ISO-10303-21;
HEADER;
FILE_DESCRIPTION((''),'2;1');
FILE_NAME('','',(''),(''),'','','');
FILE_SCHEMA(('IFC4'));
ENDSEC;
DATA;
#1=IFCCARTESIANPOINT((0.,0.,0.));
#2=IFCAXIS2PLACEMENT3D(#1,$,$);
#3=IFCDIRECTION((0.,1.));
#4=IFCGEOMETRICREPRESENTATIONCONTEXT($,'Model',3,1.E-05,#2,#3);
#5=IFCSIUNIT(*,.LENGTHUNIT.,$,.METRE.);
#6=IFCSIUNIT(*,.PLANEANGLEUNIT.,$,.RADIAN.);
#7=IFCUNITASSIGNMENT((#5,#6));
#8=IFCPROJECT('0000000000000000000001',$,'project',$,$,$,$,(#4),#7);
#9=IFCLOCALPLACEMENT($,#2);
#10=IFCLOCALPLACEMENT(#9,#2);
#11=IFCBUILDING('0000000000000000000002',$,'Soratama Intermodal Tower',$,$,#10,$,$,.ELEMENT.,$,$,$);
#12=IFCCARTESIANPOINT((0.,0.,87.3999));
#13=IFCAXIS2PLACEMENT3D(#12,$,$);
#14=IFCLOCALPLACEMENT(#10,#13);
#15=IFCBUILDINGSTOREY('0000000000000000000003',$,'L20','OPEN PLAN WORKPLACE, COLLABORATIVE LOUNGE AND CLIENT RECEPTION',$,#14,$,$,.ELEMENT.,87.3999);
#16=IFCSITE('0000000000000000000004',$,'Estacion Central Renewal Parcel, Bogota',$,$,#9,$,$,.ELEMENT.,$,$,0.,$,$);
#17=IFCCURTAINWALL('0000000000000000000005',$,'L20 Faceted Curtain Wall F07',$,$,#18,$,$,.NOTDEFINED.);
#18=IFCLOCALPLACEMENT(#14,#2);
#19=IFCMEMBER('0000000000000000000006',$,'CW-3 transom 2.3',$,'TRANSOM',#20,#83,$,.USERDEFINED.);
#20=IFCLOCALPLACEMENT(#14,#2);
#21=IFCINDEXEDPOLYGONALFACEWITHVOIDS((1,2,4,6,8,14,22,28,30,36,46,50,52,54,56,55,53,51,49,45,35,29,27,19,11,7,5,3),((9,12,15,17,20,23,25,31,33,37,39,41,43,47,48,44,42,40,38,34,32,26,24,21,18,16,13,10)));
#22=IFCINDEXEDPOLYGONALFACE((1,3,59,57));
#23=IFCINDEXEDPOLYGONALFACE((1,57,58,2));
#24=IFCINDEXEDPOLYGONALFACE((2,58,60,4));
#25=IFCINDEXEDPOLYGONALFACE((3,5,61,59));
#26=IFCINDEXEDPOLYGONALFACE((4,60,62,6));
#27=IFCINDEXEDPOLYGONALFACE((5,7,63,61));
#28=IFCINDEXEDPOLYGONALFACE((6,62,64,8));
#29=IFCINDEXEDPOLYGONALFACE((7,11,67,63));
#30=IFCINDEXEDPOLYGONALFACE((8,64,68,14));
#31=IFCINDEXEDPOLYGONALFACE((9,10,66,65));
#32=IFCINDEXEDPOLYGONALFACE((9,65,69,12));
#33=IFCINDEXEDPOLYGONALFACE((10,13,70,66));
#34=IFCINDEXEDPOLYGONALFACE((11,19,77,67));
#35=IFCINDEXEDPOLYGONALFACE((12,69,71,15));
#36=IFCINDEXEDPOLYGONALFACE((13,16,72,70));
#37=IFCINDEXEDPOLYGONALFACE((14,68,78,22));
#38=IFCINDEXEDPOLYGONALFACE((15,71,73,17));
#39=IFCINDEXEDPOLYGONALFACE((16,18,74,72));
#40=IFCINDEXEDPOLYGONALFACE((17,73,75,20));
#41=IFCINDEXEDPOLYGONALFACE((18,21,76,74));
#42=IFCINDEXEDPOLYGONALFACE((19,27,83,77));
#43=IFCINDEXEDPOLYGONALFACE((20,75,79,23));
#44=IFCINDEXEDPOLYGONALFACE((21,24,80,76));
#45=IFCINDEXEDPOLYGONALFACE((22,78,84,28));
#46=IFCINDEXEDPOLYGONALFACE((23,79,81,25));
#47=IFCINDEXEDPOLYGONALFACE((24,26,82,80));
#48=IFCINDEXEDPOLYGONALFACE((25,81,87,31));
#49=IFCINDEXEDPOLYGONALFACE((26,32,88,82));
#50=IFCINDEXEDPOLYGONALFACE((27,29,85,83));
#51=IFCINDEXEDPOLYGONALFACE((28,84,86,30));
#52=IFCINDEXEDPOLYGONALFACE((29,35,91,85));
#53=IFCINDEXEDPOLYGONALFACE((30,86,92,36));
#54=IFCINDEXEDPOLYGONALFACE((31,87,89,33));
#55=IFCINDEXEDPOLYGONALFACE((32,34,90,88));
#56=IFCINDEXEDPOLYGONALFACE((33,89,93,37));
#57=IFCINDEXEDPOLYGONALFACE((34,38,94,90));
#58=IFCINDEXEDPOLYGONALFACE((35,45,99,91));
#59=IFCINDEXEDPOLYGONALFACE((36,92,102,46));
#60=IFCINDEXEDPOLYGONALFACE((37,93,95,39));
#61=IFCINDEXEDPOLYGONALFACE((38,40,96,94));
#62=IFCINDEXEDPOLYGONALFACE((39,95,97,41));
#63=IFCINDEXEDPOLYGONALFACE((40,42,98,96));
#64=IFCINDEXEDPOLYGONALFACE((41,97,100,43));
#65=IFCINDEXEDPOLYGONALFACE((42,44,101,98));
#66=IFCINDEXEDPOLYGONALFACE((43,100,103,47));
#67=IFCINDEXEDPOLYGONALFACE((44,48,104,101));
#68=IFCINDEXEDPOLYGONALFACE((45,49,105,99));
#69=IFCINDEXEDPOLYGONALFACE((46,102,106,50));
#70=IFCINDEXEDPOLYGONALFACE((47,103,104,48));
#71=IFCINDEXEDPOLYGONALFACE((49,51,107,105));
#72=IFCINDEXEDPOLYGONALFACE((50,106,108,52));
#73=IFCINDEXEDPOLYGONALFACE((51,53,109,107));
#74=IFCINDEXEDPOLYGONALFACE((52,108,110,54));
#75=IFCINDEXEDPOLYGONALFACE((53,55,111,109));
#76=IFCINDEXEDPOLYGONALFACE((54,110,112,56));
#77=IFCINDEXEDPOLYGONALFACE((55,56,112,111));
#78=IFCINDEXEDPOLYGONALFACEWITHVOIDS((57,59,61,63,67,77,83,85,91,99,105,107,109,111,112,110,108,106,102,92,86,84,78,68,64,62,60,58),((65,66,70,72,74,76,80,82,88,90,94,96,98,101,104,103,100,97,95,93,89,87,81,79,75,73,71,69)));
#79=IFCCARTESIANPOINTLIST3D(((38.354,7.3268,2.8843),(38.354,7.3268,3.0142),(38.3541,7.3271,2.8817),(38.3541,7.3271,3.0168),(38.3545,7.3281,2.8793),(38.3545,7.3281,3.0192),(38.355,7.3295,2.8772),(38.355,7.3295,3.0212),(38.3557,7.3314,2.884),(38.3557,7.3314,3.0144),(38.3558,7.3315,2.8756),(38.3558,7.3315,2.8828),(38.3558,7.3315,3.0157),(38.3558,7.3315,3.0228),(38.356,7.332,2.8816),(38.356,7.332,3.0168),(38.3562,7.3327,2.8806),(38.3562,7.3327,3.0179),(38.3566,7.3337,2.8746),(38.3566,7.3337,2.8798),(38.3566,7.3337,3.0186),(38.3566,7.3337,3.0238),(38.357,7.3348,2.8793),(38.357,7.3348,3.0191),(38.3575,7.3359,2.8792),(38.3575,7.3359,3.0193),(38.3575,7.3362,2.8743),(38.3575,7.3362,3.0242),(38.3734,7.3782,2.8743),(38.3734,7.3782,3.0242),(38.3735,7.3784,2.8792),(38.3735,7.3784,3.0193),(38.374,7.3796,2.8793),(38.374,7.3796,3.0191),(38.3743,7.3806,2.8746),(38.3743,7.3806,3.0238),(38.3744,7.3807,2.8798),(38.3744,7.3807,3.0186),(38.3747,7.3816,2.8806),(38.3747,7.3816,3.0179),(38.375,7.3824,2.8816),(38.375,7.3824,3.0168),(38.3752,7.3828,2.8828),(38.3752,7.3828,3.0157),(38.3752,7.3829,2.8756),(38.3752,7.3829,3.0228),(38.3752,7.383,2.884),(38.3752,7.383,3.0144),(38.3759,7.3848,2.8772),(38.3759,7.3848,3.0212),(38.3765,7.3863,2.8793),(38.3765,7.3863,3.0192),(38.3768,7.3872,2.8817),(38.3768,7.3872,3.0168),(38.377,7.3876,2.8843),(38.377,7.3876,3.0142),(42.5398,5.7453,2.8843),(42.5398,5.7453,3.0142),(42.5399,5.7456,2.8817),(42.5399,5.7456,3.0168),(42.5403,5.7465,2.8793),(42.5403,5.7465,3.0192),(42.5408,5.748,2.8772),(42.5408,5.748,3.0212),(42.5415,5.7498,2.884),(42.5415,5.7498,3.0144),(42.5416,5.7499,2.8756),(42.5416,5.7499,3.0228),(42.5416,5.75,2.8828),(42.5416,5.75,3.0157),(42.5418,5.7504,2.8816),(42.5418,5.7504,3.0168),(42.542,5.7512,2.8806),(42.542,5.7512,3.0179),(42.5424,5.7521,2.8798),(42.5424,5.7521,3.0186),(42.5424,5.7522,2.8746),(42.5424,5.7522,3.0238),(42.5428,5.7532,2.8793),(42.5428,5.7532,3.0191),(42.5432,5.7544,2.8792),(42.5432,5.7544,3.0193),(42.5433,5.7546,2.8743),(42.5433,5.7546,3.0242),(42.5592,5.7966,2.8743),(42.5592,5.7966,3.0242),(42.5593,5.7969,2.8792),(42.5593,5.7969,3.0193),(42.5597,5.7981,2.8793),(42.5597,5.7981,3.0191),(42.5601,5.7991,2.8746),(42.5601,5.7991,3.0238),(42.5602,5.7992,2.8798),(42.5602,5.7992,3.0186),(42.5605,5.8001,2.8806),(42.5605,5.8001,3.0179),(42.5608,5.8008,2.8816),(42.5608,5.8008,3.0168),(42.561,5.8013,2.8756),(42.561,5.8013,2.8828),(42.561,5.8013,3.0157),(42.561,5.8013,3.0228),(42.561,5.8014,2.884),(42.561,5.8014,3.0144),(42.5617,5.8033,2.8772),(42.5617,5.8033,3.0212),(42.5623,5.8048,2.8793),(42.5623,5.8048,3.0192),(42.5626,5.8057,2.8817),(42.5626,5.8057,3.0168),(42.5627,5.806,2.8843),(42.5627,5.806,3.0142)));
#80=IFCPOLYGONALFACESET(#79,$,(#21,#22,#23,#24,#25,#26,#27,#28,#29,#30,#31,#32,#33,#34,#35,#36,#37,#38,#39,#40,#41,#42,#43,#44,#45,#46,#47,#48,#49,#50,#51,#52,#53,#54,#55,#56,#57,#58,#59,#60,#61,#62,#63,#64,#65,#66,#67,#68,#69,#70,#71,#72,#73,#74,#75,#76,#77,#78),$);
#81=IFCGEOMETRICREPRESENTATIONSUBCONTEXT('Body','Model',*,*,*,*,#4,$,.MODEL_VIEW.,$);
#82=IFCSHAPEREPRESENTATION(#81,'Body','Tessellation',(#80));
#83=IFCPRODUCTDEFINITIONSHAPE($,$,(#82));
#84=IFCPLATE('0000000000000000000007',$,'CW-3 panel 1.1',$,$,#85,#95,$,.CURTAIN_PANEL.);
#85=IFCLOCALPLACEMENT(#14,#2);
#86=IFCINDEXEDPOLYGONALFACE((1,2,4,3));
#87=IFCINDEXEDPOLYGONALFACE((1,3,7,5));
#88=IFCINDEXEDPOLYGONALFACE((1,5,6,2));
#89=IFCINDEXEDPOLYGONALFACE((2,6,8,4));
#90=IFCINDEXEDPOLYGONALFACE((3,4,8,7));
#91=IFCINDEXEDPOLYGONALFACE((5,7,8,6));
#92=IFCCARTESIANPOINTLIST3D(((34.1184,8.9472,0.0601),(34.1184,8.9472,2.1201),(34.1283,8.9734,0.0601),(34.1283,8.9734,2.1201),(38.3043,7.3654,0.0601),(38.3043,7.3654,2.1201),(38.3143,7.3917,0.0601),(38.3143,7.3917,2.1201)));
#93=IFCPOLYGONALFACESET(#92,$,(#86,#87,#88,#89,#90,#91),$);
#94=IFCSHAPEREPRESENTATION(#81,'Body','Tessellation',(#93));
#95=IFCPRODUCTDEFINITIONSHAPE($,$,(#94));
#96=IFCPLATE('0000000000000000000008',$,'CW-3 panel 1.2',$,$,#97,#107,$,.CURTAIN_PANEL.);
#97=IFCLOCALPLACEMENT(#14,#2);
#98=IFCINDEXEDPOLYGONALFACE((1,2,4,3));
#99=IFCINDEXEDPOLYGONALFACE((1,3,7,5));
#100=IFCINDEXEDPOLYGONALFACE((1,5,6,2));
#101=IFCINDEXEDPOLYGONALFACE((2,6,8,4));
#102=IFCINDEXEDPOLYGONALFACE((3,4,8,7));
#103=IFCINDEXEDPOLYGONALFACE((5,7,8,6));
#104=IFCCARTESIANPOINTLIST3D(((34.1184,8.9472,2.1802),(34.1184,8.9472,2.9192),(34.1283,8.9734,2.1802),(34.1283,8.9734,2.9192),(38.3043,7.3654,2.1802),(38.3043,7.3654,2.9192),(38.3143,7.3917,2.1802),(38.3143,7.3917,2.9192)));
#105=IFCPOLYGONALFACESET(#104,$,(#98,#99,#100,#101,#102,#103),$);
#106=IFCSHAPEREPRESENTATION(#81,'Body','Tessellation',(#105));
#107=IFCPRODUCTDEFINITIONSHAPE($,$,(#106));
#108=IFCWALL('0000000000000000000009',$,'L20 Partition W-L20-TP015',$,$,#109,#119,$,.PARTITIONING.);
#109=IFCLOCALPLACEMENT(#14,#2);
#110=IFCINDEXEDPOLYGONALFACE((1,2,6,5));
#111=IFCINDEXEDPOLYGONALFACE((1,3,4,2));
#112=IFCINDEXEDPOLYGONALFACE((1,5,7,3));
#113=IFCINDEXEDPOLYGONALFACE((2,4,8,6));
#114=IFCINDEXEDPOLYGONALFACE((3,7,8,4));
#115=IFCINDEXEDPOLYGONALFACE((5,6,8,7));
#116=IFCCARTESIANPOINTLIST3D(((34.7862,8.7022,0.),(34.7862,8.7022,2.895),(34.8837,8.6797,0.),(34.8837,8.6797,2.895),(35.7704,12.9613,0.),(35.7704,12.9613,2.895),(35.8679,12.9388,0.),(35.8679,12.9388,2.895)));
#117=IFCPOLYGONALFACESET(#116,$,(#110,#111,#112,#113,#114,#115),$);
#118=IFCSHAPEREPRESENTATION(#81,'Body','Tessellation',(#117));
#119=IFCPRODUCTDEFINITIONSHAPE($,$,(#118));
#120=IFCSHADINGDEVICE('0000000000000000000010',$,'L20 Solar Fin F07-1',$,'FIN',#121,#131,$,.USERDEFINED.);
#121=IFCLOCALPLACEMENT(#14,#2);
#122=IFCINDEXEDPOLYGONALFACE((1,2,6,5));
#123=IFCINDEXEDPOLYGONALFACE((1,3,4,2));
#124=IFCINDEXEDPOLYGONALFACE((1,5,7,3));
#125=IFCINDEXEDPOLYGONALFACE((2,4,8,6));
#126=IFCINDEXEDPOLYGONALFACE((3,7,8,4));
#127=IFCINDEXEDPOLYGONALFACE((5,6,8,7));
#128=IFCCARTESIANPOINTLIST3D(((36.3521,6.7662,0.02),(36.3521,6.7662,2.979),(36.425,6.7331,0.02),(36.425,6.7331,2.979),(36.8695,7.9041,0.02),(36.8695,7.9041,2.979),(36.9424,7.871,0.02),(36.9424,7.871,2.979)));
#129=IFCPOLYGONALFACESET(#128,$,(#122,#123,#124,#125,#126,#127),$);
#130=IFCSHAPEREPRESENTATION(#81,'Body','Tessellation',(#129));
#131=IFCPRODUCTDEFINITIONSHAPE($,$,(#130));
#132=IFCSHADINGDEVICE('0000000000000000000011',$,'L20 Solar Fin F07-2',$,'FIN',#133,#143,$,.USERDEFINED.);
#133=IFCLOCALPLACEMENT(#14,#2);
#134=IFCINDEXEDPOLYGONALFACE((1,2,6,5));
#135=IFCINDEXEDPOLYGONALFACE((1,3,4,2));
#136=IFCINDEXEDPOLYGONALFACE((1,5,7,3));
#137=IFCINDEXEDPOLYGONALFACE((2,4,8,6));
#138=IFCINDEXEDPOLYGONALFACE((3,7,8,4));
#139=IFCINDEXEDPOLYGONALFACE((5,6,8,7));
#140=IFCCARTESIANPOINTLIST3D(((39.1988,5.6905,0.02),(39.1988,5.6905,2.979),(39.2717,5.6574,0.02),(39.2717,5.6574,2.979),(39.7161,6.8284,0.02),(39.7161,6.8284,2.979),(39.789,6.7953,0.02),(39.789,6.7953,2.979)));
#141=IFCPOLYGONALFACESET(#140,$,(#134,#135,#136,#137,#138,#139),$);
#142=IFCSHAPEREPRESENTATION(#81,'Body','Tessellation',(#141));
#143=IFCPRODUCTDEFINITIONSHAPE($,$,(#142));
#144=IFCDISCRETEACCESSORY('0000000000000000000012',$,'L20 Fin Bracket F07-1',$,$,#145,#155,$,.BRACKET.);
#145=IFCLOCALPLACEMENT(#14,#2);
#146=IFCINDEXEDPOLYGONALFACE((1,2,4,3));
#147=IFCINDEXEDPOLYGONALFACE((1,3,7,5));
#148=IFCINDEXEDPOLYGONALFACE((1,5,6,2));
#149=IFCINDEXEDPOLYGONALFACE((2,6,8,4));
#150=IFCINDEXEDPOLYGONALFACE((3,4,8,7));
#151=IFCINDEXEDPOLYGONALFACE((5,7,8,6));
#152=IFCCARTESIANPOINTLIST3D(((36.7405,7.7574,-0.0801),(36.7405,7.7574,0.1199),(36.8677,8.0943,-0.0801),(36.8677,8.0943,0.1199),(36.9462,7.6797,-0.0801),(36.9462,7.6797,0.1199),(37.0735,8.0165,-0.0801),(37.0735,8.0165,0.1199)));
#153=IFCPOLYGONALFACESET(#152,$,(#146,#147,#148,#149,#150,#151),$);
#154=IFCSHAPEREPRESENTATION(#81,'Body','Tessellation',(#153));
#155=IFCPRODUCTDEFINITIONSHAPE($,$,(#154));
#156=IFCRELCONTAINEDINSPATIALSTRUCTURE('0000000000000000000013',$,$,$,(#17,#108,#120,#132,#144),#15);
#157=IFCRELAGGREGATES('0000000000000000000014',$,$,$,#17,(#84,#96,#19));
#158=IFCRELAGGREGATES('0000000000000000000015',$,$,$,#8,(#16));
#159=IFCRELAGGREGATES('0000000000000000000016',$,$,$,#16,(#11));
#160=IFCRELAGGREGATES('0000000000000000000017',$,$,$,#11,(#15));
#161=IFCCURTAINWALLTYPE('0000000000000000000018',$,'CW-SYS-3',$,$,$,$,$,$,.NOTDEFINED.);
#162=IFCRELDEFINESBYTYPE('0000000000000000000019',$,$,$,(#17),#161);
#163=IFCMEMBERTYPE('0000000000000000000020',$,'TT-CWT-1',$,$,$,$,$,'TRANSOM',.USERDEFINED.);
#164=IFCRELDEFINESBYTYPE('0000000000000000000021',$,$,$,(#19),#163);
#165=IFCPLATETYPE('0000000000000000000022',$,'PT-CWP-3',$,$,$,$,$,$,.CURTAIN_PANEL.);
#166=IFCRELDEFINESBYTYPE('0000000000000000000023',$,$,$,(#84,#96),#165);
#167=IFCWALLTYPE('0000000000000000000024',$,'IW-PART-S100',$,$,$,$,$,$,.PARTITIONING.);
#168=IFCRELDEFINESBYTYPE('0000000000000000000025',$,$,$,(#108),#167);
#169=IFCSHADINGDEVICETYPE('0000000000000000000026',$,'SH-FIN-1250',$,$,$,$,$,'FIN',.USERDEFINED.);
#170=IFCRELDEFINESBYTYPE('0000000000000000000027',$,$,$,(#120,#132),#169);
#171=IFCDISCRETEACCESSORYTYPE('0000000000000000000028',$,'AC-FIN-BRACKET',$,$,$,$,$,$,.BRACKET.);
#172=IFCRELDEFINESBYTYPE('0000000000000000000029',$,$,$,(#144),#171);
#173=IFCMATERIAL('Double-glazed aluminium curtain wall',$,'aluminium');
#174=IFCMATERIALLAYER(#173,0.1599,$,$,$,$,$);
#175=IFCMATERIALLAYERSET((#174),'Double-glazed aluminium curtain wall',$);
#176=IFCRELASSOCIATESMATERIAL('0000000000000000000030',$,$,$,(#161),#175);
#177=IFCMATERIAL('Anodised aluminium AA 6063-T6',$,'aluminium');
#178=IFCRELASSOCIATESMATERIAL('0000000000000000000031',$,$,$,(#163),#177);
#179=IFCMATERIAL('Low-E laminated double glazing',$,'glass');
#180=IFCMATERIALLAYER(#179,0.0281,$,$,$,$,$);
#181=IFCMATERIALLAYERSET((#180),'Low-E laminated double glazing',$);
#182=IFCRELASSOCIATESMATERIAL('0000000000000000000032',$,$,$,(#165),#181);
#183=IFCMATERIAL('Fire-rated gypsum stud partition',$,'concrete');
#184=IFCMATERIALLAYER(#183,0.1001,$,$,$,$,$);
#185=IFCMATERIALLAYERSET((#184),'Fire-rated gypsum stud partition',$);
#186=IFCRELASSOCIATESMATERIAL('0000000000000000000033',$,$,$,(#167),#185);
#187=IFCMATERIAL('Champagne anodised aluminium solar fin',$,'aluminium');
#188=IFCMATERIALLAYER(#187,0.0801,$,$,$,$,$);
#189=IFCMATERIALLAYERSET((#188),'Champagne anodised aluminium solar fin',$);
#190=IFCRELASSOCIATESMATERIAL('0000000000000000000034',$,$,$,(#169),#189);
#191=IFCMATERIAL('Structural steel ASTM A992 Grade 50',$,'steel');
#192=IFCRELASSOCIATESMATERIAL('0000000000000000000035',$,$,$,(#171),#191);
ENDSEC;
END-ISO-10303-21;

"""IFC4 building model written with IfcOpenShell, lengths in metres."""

from ifc_helpers import new_model, si_unit, direction, frame, frame_2d, origin, origin_2d, place, context, subcontext, project, spatial, rectangle, hollow_rectangle, extrude, material, layer, layer_set, material_profile, profile_set, type_object, element, aggregate, save


model = new_model("IFC4")

# Units and contexts
model_context = context("Model", 3, precision=1e-05, world=origin(), true_north=direction((0.0, 1.0)))
body_context = subcontext(model_context, "Body", "Model", "MODEL_VIEW")
ifc_project = project(units=[si_unit("LENGTHUNIT", "METRE"), si_unit("PLANEANGLEUNIT", "RADIAN")], contexts=[model_context])

# Site, building, storey
site_placement = place(None, origin())
site = spatial("IfcSite", under=ifc_project, at=site_placement, Name="Estacion Central Renewal Parcel, Bogota", CompositionType="ELEMENT", RefElevation=0.0)
building_placement = place(site_placement, origin())
building = spatial("IfcBuilding", under=site, at=building_placement, Name="Soratama Intermodal Tower", CompositionType="ELEMENT")
storey_placement = place(building_placement, frame((0.0, 0.0, 87.3999)))
storey = spatial("IfcBuildingStorey", under=building, at=storey_placement, Name="L20", Description="OPEN PLAN WORKPLACE, COLLABORATIVE LOUNGE AND CLIENT RECEPTION", CompositionType="ELEMENT", Elevation=87.3999)

# Curtain wall, member, plates
ifc_material_1 = material(Name="Double-glazed aluminium curtain wall", Category="aluminium")
ifc_layer_1 = layer(ifc_material_1, 0.1599)
ifc_layer_set_1 = layer_set([ifc_layer_1], Name="Double-glazed aluminium curtain wall")
curtain_wall_type = type_object("IfcCurtainWallType", Name="CW-SYS-3", PredefinedType="NOTDEFINED", material=ifc_layer_set_1)
curtain_wall_placement = place(storey_placement, origin())
curtain_wall = element("IfcCurtainWall", 1, at=curtain_wall_placement, inside=storey, type_object=curtain_wall_type, Name="L20 Faceted Curtain Wall F07", PredefinedType="NOTDEFINED")
ifc_material_2 = material(Name="Anodised aluminium AA 6063-T6", Category="aluminium")
ifc_material_profile_1 = material_profile(ifc_material_2, hollow_rectangle(XDim=0.0649, YDim=0.1499, WallThickness=0.0049, InnerFilletRadius=0.0049, OuterFilletRadius=0.01, at=origin_2d()), Name="CWT150X65X5")
ifc_profile_set_1 = profile_set([ifc_material_profile_1], Name="Anodised aluminium AA 6063-T6")
member_type_1 = type_object("IfcMemberType", Name="TT-CWT-1", ElementType="TRANSOM", PredefinedType="USERDEFINED", material=ifc_profile_set_1)
member_1_placement = place(storey_placement, frame((38.3655, 7.3572, 2.9492), z_axis=(0.935454, -0.353448, 0.0), x_axis=(0.353448, 0.935454, 0.0)))
member_1 = element("IfcMember", 2, at=member_1_placement, type_object=member_type_1, Name="CW-3 transom 2.3", ObjectType="TRANSOM", PredefinedType="USERDEFINED", context=body_context, shape_type="SweptSolid", body=[
    extrude(hollow_rectangle(XDim=0.0649, YDim=0.1499, WallThickness=0.0049, InnerFilletRadius=0.0049, OuterFilletRadius=0.01, at=origin_2d()), origin(), (0.0, 0.0, 1.0), 4.4746),
])
ifc_material_3 = material(Name="Low-E laminated double glazing", Category="glass")
ifc_layer_2 = layer(ifc_material_3, 0.0281)
ifc_layer_set_2 = layer_set([ifc_layer_2], Name="Low-E laminated double glazing")
plate_type = type_object("IfcPlateType", Name="PT-CWP-3", PredefinedType="CURTAIN_PANEL", material=ifc_layer_set_2)
plate_1_placement = place(storey_placement, frame((36.2163, 8.1694, 0.0601), z_axis=(0.0, 0.0, 1.0), x_axis=(0.935447, -0.353468, 0.0)))
plate_1 = element("IfcPlate", 3, at=plate_1_placement, type_object=plate_type, Name="CW-3 panel 1.1", PredefinedType="CURTAIN_PANEL", context=body_context, shape_type="SweptSolid", body=[
    extrude(rectangle(XDim=4.4749, YDim=0.0281, at=origin_2d()), origin(), (0.0, 0.0, 1.0), 2.0601),
])
plate_2_placement = place(storey_placement, frame((36.2163, 8.1694, 2.1802), z_axis=(0.0, 0.0, 1.0), x_axis=(0.935447, -0.353468, 0.0)))
plate_2 = element("IfcPlate", 4, at=plate_2_placement, type_object=plate_type, Name="CW-3 panel 1.2", PredefinedType="CURTAIN_PANEL", context=body_context, shape_type="SweptSolid", body=[
    extrude(rectangle(XDim=4.4749, YDim=0.0281, at=origin_2d()), origin(), (0.0, 0.0, 1.0), 0.739),
])
aggregate(curtain_wall, [plate_1, plate_2, member_1])

# Wall
ifc_material_4 = material(Name="Fire-rated gypsum stud partition", Category="concrete")
ifc_layer_3 = layer(ifc_material_4, 0.1001)
ifc_layer_set_3 = layer_set([ifc_layer_3], Name="Fire-rated gypsum stud partition")
wall_type_1 = type_object("IfcWallType", Name="IW-PART-S100", PredefinedType="PARTITIONING", material=ifc_layer_set_3)
wall_1_placement = place(storey_placement, frame((35.8191, 12.95, 0.0), z_axis=(0.0, 0.0, 1.0), x_axis=(-0.225137, -0.974327, 0.0)))
element("IfcWall", 5, at=wall_1_placement, inside=storey, type_object=wall_type_1, Name="L20 Partition W-L20-TP015", PredefinedType="PARTITIONING", context=body_context, shape_type="SweptSolid", body=[
    extrude(rectangle(XDim=4.3713, YDim=0.1001, at=frame_2d((2.1855, 0.0))), origin(), (0.0, 0.0, 1.0), 2.895),
])

# Shading devices
ifc_material_5 = material(Name="Champagne anodised aluminium solar fin", Category="aluminium")
ifc_layer_4 = layer(ifc_material_5, 0.0801)
ifc_layer_set_4 = layer_set([ifc_layer_4], Name="Champagne anodised aluminium solar fin")
shading_device_type = type_object("IfcShadingDeviceType", Name="SH-FIN-1250", ElementType="FIN", PredefinedType="USERDEFINED", material=ifc_layer_set_4)
for number, where, z_axis, x_axis, name in (
    (6, (36.6472, 7.3186, 0.02), (0.0, 0.0, 1.0), (-0.413899, -0.910323, 0.0), "L20 Solar Fin F07-1"),
    (7, (39.4939, 6.2429, 0.02), (0.0, 0.0, 1.0), (-0.413899, -0.910323, 0.0), "L20 Solar Fin F07-2"),
):
    element("IfcShadingDevice", number, at=place(storey_placement, frame(where, z_axis=z_axis, x_axis=x_axis)), inside=storey, type_object=shading_device_type, Name=name, ObjectType="FIN", PredefinedType="USERDEFINED", context=body_context, shape_type="SweptSolid", body=[
        extrude(rectangle(XDim=1.25, YDim=0.0801, at=origin_2d()), origin(), (0.0, 0.0, 1.0), 2.959),
    ])

# Discrete accessory
ifc_material_6 = material(Name="Structural steel ASTM A992 Grade 50", Category="steel")
discrete_accessory_type = type_object("IfcDiscreteAccessoryType", Name="AC-FIN-BRACKET", PredefinedType="BRACKET", material=ifc_material_6)
discrete_accessory_placement = place(storey_placement, frame((36.907, 7.887, -0.0801), z_axis=(0.0, 0.0, 1.0), x_axis=(-0.353475, -0.935444, 0.0)))
element("IfcDiscreteAccessory", 8, at=discrete_accessory_placement, inside=storey, type_object=discrete_accessory_type, Name="L20 Fin Bracket F07-1", PredefinedType="BRACKET", context=body_context, shape_type="SweptSolid", body=[
    extrude(rectangle(XDim=0.3601, YDim=0.22, at=origin_2d()), origin(), (0.0, 0.0, 1.0), 0.2),
])

save(model, "model.ifc")
